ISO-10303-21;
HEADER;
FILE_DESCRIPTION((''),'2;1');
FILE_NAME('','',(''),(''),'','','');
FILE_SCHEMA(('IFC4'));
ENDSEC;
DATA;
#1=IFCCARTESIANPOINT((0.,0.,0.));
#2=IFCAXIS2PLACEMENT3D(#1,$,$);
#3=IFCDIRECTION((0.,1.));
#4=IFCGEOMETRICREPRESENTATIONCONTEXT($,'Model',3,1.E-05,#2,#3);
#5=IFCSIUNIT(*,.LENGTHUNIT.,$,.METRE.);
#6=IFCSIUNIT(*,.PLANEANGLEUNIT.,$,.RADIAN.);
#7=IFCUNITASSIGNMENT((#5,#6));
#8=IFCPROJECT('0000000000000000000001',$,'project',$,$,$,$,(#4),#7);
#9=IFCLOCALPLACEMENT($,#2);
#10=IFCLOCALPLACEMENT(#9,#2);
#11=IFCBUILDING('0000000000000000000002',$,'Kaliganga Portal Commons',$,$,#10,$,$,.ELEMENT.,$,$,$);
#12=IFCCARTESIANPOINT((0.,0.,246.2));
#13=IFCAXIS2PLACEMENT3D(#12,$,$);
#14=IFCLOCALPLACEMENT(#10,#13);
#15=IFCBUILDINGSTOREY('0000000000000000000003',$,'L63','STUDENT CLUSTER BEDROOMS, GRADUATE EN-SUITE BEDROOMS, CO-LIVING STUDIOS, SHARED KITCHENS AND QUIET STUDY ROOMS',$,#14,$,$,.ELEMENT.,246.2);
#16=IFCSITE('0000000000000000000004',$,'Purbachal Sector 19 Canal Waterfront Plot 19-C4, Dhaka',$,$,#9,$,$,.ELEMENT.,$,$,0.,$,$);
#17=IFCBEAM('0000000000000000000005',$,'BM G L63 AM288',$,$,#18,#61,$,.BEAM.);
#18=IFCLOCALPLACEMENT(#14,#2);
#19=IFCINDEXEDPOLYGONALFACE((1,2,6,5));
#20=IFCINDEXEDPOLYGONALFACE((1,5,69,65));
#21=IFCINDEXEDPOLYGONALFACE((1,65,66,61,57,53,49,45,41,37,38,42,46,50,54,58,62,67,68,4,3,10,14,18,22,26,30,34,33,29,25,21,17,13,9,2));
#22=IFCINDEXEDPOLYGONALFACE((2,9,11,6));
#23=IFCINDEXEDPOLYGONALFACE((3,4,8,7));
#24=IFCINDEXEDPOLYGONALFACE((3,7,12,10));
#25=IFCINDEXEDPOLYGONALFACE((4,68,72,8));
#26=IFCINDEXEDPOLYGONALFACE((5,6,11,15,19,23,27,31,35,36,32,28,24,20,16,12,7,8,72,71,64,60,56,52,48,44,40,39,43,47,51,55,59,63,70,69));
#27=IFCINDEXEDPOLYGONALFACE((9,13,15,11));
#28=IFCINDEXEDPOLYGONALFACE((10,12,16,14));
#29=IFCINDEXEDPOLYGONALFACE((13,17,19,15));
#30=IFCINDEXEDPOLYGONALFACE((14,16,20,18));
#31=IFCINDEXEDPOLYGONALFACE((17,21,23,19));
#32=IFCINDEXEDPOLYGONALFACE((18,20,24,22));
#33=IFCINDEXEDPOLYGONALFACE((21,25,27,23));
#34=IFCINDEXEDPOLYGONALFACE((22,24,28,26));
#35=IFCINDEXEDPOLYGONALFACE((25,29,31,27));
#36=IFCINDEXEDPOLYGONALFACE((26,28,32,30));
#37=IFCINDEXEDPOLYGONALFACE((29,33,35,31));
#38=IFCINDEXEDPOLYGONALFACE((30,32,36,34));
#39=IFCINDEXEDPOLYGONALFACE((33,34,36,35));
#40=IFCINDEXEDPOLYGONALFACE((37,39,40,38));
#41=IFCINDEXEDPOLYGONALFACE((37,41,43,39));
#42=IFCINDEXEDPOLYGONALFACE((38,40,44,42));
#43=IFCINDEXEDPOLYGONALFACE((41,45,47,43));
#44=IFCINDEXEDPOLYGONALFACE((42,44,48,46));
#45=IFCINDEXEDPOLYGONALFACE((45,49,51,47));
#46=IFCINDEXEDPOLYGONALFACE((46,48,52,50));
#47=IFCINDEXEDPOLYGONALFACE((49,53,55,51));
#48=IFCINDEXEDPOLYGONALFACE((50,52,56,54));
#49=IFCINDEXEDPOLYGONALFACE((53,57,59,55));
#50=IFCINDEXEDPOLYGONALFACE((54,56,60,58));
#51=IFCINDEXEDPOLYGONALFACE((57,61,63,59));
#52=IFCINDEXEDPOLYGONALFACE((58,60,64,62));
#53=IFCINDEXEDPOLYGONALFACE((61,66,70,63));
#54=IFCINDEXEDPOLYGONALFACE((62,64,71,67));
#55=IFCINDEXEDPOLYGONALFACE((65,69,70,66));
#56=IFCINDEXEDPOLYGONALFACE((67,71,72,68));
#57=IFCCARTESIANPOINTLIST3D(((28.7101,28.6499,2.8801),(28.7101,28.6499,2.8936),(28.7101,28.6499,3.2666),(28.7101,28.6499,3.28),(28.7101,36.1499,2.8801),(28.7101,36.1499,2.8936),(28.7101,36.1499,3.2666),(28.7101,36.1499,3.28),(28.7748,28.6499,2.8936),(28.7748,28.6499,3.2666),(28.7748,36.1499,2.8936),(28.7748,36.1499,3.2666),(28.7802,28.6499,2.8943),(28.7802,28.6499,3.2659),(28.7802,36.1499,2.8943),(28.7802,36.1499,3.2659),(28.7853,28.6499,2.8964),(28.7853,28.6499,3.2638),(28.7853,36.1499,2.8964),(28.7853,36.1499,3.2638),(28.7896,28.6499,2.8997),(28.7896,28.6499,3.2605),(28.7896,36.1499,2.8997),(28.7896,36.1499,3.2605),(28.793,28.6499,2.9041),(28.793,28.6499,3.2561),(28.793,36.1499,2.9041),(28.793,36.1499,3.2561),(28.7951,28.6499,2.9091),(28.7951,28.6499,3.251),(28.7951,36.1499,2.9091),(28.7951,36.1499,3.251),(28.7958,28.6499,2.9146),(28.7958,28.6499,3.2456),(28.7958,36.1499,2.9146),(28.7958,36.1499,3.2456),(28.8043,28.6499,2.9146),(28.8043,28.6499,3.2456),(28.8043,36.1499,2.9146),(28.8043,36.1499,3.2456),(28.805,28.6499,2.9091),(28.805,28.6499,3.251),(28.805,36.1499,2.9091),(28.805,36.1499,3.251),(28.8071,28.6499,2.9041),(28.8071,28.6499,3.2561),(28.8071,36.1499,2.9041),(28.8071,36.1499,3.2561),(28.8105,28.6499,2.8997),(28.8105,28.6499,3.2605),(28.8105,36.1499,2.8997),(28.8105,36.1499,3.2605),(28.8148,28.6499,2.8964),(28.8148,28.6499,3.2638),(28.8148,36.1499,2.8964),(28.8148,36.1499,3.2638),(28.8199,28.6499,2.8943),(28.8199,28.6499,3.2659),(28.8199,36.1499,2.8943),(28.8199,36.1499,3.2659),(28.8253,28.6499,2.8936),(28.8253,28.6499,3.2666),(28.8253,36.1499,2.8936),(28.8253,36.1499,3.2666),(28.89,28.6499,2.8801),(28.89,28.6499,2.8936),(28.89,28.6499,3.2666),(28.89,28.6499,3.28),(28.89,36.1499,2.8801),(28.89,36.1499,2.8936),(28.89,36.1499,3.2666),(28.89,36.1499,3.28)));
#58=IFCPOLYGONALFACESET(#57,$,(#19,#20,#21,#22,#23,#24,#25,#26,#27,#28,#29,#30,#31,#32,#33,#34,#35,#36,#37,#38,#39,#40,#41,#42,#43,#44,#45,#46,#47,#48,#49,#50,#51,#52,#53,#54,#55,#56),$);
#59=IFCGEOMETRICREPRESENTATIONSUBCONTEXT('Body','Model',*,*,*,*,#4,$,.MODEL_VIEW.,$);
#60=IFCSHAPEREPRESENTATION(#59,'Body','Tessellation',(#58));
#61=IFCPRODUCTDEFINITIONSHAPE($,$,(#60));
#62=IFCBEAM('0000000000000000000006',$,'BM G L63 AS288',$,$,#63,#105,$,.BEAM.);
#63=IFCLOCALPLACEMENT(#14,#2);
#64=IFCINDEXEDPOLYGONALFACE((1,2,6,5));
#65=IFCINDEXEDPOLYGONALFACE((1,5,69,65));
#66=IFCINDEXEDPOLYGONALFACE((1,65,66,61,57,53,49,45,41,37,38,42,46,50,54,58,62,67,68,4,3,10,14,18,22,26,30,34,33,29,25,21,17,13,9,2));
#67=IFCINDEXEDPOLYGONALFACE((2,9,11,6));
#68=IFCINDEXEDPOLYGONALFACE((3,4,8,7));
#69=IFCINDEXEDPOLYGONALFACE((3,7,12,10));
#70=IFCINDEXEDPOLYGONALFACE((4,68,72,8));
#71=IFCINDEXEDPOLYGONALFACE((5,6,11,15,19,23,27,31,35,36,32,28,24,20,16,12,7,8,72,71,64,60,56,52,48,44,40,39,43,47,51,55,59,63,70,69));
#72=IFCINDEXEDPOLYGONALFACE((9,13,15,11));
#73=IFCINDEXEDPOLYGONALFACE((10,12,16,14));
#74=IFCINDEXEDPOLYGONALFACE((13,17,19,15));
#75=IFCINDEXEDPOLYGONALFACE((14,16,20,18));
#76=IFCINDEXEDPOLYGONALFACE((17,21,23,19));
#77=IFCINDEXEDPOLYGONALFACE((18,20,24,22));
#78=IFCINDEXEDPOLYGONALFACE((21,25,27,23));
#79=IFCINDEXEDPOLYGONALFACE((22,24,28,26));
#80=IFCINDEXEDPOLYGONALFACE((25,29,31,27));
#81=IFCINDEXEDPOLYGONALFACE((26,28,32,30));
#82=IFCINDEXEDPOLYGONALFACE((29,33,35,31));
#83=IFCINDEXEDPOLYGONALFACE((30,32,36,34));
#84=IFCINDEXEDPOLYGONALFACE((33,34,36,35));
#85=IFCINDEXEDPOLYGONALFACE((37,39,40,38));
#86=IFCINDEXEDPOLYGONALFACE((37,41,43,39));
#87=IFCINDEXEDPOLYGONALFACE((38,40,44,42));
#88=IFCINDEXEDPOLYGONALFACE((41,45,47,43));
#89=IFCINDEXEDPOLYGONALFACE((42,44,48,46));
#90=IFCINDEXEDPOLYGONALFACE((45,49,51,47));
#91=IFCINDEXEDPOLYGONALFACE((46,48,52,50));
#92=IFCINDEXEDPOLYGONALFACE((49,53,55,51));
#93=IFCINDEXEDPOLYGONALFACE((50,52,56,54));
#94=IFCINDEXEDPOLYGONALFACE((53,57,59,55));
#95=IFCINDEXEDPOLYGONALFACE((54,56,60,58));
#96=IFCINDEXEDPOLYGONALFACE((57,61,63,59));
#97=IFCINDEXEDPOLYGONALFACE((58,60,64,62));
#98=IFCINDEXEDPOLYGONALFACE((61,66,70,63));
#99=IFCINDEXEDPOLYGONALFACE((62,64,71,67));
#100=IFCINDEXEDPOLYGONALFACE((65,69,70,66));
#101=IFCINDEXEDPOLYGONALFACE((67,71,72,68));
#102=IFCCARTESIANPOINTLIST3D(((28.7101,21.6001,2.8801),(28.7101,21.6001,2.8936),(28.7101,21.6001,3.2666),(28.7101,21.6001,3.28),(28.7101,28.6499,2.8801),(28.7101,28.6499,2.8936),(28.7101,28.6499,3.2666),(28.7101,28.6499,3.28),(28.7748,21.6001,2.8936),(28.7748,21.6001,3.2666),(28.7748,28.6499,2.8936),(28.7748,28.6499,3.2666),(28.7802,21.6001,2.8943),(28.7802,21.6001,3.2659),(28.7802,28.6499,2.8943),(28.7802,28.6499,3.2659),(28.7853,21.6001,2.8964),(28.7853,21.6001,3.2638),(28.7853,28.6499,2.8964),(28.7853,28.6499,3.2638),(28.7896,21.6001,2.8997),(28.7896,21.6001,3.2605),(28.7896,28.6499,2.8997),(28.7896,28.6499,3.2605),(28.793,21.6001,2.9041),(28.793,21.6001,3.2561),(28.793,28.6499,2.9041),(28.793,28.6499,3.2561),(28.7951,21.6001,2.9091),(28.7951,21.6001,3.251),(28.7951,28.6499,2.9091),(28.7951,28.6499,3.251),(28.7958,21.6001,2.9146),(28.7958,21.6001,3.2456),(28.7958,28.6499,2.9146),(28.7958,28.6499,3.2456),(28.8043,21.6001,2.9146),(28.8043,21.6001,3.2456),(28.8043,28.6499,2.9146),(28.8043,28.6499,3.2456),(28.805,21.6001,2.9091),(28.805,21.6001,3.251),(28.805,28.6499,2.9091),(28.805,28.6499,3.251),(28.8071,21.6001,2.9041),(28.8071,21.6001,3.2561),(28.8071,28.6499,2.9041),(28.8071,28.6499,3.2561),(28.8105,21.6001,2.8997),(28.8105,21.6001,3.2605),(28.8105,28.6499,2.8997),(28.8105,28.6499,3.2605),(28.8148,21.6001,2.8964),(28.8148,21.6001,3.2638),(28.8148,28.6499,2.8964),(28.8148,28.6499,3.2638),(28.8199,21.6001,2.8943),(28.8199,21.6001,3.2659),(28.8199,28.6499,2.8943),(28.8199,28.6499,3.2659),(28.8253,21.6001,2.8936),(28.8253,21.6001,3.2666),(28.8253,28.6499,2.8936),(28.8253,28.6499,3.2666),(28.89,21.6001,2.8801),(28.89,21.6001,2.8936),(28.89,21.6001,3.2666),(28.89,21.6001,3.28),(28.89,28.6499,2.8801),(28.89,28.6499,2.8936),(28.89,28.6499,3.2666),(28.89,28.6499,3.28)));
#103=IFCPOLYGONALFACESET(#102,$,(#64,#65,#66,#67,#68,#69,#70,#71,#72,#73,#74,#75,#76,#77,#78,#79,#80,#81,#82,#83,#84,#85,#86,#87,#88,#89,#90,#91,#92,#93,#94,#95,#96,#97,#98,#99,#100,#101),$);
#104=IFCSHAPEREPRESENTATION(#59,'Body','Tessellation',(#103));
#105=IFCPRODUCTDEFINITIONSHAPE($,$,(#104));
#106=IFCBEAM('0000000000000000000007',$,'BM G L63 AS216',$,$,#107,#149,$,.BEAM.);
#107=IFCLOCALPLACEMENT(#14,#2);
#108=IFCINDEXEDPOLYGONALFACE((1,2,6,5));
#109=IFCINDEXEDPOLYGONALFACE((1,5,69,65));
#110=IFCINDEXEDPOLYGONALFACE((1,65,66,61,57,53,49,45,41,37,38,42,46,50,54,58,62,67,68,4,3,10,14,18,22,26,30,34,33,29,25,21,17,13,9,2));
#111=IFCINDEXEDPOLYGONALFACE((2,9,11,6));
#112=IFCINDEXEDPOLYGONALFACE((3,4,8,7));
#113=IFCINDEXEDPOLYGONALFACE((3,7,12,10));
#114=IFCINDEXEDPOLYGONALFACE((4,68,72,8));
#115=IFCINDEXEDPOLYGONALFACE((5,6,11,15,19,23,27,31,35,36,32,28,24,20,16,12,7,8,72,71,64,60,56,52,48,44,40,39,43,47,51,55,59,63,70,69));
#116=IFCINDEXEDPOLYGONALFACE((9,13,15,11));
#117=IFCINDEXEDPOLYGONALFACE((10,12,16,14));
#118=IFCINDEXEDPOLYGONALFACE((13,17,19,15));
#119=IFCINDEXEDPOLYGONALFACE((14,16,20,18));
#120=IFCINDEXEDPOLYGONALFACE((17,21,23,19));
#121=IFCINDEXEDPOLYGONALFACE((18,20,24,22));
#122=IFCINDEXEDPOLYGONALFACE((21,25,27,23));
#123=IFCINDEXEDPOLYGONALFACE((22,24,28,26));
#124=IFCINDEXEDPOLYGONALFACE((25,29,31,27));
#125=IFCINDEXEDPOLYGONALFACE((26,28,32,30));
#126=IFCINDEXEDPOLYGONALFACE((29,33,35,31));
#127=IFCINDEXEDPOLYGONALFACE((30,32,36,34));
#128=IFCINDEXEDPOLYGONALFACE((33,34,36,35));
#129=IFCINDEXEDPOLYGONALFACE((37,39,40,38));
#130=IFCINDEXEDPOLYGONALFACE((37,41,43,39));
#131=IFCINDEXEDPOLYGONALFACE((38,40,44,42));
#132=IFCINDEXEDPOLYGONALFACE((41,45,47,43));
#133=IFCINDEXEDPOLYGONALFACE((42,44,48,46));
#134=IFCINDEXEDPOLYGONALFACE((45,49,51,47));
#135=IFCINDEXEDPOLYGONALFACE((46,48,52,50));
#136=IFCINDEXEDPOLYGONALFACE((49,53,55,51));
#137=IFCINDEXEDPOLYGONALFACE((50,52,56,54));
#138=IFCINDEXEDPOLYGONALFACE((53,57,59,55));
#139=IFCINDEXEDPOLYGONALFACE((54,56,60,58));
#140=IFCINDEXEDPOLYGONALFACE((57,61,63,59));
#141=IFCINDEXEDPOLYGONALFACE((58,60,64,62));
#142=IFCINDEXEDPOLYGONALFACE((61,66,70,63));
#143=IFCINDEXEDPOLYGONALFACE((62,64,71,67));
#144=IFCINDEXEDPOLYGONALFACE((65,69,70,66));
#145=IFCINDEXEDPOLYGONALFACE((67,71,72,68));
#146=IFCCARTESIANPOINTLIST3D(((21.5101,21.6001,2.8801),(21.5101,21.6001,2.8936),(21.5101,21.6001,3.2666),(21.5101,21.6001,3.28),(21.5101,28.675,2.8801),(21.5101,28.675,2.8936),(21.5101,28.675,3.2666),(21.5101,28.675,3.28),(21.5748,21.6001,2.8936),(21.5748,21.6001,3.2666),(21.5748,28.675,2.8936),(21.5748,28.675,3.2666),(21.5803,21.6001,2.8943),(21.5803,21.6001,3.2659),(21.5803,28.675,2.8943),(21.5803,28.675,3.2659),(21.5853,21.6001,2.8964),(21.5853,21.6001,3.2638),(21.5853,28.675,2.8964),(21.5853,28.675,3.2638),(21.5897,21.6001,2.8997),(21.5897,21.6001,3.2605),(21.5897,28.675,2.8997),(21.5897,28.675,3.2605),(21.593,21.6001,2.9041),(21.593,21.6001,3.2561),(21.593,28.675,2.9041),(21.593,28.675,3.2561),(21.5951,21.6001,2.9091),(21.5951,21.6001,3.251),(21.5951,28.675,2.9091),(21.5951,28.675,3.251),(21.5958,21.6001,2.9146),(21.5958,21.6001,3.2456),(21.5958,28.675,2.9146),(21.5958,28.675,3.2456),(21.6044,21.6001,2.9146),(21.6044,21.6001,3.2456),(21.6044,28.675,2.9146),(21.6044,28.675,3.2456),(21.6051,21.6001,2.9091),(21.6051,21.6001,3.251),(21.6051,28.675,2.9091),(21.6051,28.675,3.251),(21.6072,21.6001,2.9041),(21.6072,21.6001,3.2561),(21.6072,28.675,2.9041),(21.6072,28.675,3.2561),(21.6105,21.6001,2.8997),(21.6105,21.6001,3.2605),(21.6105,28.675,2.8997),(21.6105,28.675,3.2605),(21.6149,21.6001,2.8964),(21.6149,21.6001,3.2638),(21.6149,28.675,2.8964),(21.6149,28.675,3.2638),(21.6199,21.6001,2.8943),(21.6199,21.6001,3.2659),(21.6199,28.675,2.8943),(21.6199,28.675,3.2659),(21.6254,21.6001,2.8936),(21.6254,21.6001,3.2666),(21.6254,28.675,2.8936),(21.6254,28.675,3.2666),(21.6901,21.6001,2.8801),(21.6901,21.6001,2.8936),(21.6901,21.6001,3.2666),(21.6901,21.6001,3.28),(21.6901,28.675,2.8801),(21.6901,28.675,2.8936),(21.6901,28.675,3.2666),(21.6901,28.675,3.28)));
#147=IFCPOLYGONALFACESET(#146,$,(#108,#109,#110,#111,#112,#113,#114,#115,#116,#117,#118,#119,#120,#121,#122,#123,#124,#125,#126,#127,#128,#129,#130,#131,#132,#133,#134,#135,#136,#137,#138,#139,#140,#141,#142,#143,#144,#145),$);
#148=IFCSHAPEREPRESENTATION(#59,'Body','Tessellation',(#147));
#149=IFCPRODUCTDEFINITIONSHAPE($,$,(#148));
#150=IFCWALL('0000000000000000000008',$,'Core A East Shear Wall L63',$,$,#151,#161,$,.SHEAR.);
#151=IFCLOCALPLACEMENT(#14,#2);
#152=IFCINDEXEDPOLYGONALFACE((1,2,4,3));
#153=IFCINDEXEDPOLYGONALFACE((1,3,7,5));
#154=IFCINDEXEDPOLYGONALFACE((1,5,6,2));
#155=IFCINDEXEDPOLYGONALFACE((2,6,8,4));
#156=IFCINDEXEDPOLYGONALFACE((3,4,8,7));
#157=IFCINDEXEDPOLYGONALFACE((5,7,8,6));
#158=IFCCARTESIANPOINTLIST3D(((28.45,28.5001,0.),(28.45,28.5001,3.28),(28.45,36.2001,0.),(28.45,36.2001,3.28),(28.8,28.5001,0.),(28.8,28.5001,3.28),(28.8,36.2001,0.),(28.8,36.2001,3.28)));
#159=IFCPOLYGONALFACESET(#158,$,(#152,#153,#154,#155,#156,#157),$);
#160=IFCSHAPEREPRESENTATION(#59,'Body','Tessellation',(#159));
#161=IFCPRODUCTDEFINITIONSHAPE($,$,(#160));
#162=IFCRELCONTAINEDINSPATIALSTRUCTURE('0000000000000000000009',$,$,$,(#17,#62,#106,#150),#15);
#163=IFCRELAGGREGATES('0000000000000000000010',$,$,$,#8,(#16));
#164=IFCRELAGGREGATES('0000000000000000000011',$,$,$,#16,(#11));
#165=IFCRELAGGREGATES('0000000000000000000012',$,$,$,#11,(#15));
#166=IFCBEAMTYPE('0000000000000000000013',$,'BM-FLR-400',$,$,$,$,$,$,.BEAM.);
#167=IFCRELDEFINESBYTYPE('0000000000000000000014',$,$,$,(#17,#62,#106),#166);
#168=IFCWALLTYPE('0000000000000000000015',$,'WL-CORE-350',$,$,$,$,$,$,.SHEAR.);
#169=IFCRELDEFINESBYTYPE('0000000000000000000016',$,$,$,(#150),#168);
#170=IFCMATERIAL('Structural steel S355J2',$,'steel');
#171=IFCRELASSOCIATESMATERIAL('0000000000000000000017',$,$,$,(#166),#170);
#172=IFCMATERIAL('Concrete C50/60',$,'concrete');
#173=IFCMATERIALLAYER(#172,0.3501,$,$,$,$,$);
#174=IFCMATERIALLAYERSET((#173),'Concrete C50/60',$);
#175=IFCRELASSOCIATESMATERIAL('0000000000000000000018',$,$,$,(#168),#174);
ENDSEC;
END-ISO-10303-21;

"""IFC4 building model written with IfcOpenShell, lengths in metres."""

from ifc_helpers import new_model, si_unit, direction, frame, frame_2d, origin, origin_2d, place, context, subcontext, project, spatial, rectangle, i_section, extrude, source, transform, mapped, material, layer, layer_set, material_profile, profile_set, type_object, element, save


model = new_model("IFC4")

# Units and contexts
model_context = context("Model", 3, precision=1e-05, world=origin(), true_north=direction((0.0, 1.0)))
body_context = subcontext(model_context, "Body", "Model", "MODEL_VIEW")
ifc_project = project(units=[si_unit("LENGTHUNIT", "METRE"), si_unit("PLANEANGLEUNIT", "RADIAN")], contexts=[model_context])

# Site, building, storey
site_placement = place(None, origin())
site = spatial("IfcSite", under=ifc_project, at=site_placement, Name="Purbachal Sector 19 Canal Waterfront Plot 19-C4, Dhaka", CompositionType="ELEMENT", RefElevation=0.0)
building_placement = place(site_placement, origin())
building = spatial("IfcBuilding", under=site, at=building_placement, Name="Kaliganga Portal Commons", CompositionType="ELEMENT")
storey_placement = place(building_placement, frame((0.0, 0.0, 246.2)))
storey = spatial("IfcBuildingStorey", under=building, at=storey_placement, Name="L63", Description="STUDENT CLUSTER BEDROOMS, GRADUATE EN-SUITE BEDROOMS, CO-LIVING STUDIOS, SHARED KITCHENS AND QUIET STUDY ROOMS", CompositionType="ELEMENT", Elevation=246.2)

# Shared definitions
ifc_material_1 = material(Name="Concrete C50/60", Category="concrete")
ifc_material_2 = material(Name="Structural steel S355J2", Category="steel")

# Beams
ifc_material_profile_1 = material_profile(ifc_material_2, i_section(OverallWidth=0.1799, OverallDepth=0.3999, WebThickness=0.0085, FlangeThickness=0.0134, FilletRadius=0.021, at=origin_2d()), Name="IPE 400")
ifc_profile_set_1 = profile_set([ifc_material_profile_1], Name="Structural steel S355J2 wide-flange")
beam_type_1 = type_object("IfcBeamType", Name="BM-FLR-400", PredefinedType="BEAM", material=ifc_profile_set_1)
shared_shape_1 = source(origin(), body_context, "Body", "SweptSolid", [
    extrude(i_section(OverallWidth=0.1799, OverallDepth=0.3999, WebThickness=0.0085, FlangeThickness=0.0134, FilletRadius=0.021, at=origin_2d()), origin(), (0.0, 0.0, 1.0), 7.5),
])
beam_1_placement = place(storey_placement, frame((28.8, 28.6499, 3.0801), z_axis=(0.0, 1.0, 0.0), x_axis=(-1.0, 0.0, 0.0)))
element("IfcBeam", 1, at=beam_1_placement, inside=storey, type_object=beam_type_1, Name="BM G L63 AM288", PredefinedType="BEAM", context=body_context, shape_type="MappedRepresentation", body=[
    mapped(shared_shape_1, transform((0.0, 0.0, 0.0), x_axis=(1.0, 0.0, 0.0), y_axis=(0.0, 1.0, 0.0), z_axis=(0.0, 0.0, 1.0), scale=1.0)),
])
shared_shape_2 = source(origin(), body_context, "Body", "SweptSolid", [
    extrude(i_section(OverallWidth=0.1799, OverallDepth=0.3999, WebThickness=0.0085, FlangeThickness=0.0134, FilletRadius=0.021, at=origin_2d()), origin(), (0.0, 0.0, 1.0), 7.0498),
])
beam_2_placement = place(storey_placement, frame((28.8, 21.6001, 3.0801), z_axis=(0.0, 1.0, 0.0), x_axis=(-1.0, 0.0, 0.0)))
element("IfcBeam", 2, at=beam_2_placement, inside=storey, type_object=beam_type_1, Name="BM G L63 AS288", PredefinedType="BEAM", context=body_context, shape_type="MappedRepresentation", body=[
    mapped(shared_shape_2, transform((0.0, 0.0, 0.0), x_axis=(1.0, 0.0, 0.0), y_axis=(0.0, 1.0, 0.0), z_axis=(0.0, 0.0, 1.0), scale=1.0)),
])
shared_shape_3 = source(origin(), body_context, "Body", "SweptSolid", [
    extrude(i_section(OverallWidth=0.1799, OverallDepth=0.3999, WebThickness=0.0085, FlangeThickness=0.0134, FilletRadius=0.021, at=origin_2d()), origin(), (0.0, 0.0, 1.0), 7.075),
])
beam_3_placement = place(storey_placement, frame((21.6001, 21.6001, 3.0801), z_axis=(0.0, 1.0, 0.0), x_axis=(-1.0, 0.0, 0.0)))
element("IfcBeam", 3, at=beam_3_placement, inside=storey, type_object=beam_type_1, Name="BM G L63 AS216", PredefinedType="BEAM", context=body_context, shape_type="MappedRepresentation", body=[
    mapped(shared_shape_3, transform((0.0, 0.0, 0.0), x_axis=(1.0, 0.0, 0.0), y_axis=(0.0, 1.0, 0.0), z_axis=(0.0, 0.0, 1.0), scale=1.0)),
])

# Wall
ifc_layer_1 = layer(ifc_material_1, 0.3501)
ifc_layer_set_1 = layer_set([ifc_layer_1], Name="Concrete C50/60")
wall_type_1 = type_object("IfcWallType", Name="WL-CORE-350", PredefinedType="SHEAR", material=ifc_layer_set_1)
wall_1_placement = place(storey_placement, frame((28.625, 28.5, 0.0), z_axis=(0.0, 0.0, 1.0), x_axis=(0.0, 1.0, 0.0)))
element("IfcWall", 4, at=wall_1_placement, inside=storey, type_object=wall_type_1, Name="Core A East Shear Wall L63", PredefinedType="SHEAR", context=body_context, shape_type="SweptSolid", body=[
    extrude(rectangle(XDim=7.7, YDim=0.3501, at=frame_2d((3.8501, 0.0))), origin(), (0.0, 0.0, 1.0), 3.28),
])

save(model, "model.ifc")
